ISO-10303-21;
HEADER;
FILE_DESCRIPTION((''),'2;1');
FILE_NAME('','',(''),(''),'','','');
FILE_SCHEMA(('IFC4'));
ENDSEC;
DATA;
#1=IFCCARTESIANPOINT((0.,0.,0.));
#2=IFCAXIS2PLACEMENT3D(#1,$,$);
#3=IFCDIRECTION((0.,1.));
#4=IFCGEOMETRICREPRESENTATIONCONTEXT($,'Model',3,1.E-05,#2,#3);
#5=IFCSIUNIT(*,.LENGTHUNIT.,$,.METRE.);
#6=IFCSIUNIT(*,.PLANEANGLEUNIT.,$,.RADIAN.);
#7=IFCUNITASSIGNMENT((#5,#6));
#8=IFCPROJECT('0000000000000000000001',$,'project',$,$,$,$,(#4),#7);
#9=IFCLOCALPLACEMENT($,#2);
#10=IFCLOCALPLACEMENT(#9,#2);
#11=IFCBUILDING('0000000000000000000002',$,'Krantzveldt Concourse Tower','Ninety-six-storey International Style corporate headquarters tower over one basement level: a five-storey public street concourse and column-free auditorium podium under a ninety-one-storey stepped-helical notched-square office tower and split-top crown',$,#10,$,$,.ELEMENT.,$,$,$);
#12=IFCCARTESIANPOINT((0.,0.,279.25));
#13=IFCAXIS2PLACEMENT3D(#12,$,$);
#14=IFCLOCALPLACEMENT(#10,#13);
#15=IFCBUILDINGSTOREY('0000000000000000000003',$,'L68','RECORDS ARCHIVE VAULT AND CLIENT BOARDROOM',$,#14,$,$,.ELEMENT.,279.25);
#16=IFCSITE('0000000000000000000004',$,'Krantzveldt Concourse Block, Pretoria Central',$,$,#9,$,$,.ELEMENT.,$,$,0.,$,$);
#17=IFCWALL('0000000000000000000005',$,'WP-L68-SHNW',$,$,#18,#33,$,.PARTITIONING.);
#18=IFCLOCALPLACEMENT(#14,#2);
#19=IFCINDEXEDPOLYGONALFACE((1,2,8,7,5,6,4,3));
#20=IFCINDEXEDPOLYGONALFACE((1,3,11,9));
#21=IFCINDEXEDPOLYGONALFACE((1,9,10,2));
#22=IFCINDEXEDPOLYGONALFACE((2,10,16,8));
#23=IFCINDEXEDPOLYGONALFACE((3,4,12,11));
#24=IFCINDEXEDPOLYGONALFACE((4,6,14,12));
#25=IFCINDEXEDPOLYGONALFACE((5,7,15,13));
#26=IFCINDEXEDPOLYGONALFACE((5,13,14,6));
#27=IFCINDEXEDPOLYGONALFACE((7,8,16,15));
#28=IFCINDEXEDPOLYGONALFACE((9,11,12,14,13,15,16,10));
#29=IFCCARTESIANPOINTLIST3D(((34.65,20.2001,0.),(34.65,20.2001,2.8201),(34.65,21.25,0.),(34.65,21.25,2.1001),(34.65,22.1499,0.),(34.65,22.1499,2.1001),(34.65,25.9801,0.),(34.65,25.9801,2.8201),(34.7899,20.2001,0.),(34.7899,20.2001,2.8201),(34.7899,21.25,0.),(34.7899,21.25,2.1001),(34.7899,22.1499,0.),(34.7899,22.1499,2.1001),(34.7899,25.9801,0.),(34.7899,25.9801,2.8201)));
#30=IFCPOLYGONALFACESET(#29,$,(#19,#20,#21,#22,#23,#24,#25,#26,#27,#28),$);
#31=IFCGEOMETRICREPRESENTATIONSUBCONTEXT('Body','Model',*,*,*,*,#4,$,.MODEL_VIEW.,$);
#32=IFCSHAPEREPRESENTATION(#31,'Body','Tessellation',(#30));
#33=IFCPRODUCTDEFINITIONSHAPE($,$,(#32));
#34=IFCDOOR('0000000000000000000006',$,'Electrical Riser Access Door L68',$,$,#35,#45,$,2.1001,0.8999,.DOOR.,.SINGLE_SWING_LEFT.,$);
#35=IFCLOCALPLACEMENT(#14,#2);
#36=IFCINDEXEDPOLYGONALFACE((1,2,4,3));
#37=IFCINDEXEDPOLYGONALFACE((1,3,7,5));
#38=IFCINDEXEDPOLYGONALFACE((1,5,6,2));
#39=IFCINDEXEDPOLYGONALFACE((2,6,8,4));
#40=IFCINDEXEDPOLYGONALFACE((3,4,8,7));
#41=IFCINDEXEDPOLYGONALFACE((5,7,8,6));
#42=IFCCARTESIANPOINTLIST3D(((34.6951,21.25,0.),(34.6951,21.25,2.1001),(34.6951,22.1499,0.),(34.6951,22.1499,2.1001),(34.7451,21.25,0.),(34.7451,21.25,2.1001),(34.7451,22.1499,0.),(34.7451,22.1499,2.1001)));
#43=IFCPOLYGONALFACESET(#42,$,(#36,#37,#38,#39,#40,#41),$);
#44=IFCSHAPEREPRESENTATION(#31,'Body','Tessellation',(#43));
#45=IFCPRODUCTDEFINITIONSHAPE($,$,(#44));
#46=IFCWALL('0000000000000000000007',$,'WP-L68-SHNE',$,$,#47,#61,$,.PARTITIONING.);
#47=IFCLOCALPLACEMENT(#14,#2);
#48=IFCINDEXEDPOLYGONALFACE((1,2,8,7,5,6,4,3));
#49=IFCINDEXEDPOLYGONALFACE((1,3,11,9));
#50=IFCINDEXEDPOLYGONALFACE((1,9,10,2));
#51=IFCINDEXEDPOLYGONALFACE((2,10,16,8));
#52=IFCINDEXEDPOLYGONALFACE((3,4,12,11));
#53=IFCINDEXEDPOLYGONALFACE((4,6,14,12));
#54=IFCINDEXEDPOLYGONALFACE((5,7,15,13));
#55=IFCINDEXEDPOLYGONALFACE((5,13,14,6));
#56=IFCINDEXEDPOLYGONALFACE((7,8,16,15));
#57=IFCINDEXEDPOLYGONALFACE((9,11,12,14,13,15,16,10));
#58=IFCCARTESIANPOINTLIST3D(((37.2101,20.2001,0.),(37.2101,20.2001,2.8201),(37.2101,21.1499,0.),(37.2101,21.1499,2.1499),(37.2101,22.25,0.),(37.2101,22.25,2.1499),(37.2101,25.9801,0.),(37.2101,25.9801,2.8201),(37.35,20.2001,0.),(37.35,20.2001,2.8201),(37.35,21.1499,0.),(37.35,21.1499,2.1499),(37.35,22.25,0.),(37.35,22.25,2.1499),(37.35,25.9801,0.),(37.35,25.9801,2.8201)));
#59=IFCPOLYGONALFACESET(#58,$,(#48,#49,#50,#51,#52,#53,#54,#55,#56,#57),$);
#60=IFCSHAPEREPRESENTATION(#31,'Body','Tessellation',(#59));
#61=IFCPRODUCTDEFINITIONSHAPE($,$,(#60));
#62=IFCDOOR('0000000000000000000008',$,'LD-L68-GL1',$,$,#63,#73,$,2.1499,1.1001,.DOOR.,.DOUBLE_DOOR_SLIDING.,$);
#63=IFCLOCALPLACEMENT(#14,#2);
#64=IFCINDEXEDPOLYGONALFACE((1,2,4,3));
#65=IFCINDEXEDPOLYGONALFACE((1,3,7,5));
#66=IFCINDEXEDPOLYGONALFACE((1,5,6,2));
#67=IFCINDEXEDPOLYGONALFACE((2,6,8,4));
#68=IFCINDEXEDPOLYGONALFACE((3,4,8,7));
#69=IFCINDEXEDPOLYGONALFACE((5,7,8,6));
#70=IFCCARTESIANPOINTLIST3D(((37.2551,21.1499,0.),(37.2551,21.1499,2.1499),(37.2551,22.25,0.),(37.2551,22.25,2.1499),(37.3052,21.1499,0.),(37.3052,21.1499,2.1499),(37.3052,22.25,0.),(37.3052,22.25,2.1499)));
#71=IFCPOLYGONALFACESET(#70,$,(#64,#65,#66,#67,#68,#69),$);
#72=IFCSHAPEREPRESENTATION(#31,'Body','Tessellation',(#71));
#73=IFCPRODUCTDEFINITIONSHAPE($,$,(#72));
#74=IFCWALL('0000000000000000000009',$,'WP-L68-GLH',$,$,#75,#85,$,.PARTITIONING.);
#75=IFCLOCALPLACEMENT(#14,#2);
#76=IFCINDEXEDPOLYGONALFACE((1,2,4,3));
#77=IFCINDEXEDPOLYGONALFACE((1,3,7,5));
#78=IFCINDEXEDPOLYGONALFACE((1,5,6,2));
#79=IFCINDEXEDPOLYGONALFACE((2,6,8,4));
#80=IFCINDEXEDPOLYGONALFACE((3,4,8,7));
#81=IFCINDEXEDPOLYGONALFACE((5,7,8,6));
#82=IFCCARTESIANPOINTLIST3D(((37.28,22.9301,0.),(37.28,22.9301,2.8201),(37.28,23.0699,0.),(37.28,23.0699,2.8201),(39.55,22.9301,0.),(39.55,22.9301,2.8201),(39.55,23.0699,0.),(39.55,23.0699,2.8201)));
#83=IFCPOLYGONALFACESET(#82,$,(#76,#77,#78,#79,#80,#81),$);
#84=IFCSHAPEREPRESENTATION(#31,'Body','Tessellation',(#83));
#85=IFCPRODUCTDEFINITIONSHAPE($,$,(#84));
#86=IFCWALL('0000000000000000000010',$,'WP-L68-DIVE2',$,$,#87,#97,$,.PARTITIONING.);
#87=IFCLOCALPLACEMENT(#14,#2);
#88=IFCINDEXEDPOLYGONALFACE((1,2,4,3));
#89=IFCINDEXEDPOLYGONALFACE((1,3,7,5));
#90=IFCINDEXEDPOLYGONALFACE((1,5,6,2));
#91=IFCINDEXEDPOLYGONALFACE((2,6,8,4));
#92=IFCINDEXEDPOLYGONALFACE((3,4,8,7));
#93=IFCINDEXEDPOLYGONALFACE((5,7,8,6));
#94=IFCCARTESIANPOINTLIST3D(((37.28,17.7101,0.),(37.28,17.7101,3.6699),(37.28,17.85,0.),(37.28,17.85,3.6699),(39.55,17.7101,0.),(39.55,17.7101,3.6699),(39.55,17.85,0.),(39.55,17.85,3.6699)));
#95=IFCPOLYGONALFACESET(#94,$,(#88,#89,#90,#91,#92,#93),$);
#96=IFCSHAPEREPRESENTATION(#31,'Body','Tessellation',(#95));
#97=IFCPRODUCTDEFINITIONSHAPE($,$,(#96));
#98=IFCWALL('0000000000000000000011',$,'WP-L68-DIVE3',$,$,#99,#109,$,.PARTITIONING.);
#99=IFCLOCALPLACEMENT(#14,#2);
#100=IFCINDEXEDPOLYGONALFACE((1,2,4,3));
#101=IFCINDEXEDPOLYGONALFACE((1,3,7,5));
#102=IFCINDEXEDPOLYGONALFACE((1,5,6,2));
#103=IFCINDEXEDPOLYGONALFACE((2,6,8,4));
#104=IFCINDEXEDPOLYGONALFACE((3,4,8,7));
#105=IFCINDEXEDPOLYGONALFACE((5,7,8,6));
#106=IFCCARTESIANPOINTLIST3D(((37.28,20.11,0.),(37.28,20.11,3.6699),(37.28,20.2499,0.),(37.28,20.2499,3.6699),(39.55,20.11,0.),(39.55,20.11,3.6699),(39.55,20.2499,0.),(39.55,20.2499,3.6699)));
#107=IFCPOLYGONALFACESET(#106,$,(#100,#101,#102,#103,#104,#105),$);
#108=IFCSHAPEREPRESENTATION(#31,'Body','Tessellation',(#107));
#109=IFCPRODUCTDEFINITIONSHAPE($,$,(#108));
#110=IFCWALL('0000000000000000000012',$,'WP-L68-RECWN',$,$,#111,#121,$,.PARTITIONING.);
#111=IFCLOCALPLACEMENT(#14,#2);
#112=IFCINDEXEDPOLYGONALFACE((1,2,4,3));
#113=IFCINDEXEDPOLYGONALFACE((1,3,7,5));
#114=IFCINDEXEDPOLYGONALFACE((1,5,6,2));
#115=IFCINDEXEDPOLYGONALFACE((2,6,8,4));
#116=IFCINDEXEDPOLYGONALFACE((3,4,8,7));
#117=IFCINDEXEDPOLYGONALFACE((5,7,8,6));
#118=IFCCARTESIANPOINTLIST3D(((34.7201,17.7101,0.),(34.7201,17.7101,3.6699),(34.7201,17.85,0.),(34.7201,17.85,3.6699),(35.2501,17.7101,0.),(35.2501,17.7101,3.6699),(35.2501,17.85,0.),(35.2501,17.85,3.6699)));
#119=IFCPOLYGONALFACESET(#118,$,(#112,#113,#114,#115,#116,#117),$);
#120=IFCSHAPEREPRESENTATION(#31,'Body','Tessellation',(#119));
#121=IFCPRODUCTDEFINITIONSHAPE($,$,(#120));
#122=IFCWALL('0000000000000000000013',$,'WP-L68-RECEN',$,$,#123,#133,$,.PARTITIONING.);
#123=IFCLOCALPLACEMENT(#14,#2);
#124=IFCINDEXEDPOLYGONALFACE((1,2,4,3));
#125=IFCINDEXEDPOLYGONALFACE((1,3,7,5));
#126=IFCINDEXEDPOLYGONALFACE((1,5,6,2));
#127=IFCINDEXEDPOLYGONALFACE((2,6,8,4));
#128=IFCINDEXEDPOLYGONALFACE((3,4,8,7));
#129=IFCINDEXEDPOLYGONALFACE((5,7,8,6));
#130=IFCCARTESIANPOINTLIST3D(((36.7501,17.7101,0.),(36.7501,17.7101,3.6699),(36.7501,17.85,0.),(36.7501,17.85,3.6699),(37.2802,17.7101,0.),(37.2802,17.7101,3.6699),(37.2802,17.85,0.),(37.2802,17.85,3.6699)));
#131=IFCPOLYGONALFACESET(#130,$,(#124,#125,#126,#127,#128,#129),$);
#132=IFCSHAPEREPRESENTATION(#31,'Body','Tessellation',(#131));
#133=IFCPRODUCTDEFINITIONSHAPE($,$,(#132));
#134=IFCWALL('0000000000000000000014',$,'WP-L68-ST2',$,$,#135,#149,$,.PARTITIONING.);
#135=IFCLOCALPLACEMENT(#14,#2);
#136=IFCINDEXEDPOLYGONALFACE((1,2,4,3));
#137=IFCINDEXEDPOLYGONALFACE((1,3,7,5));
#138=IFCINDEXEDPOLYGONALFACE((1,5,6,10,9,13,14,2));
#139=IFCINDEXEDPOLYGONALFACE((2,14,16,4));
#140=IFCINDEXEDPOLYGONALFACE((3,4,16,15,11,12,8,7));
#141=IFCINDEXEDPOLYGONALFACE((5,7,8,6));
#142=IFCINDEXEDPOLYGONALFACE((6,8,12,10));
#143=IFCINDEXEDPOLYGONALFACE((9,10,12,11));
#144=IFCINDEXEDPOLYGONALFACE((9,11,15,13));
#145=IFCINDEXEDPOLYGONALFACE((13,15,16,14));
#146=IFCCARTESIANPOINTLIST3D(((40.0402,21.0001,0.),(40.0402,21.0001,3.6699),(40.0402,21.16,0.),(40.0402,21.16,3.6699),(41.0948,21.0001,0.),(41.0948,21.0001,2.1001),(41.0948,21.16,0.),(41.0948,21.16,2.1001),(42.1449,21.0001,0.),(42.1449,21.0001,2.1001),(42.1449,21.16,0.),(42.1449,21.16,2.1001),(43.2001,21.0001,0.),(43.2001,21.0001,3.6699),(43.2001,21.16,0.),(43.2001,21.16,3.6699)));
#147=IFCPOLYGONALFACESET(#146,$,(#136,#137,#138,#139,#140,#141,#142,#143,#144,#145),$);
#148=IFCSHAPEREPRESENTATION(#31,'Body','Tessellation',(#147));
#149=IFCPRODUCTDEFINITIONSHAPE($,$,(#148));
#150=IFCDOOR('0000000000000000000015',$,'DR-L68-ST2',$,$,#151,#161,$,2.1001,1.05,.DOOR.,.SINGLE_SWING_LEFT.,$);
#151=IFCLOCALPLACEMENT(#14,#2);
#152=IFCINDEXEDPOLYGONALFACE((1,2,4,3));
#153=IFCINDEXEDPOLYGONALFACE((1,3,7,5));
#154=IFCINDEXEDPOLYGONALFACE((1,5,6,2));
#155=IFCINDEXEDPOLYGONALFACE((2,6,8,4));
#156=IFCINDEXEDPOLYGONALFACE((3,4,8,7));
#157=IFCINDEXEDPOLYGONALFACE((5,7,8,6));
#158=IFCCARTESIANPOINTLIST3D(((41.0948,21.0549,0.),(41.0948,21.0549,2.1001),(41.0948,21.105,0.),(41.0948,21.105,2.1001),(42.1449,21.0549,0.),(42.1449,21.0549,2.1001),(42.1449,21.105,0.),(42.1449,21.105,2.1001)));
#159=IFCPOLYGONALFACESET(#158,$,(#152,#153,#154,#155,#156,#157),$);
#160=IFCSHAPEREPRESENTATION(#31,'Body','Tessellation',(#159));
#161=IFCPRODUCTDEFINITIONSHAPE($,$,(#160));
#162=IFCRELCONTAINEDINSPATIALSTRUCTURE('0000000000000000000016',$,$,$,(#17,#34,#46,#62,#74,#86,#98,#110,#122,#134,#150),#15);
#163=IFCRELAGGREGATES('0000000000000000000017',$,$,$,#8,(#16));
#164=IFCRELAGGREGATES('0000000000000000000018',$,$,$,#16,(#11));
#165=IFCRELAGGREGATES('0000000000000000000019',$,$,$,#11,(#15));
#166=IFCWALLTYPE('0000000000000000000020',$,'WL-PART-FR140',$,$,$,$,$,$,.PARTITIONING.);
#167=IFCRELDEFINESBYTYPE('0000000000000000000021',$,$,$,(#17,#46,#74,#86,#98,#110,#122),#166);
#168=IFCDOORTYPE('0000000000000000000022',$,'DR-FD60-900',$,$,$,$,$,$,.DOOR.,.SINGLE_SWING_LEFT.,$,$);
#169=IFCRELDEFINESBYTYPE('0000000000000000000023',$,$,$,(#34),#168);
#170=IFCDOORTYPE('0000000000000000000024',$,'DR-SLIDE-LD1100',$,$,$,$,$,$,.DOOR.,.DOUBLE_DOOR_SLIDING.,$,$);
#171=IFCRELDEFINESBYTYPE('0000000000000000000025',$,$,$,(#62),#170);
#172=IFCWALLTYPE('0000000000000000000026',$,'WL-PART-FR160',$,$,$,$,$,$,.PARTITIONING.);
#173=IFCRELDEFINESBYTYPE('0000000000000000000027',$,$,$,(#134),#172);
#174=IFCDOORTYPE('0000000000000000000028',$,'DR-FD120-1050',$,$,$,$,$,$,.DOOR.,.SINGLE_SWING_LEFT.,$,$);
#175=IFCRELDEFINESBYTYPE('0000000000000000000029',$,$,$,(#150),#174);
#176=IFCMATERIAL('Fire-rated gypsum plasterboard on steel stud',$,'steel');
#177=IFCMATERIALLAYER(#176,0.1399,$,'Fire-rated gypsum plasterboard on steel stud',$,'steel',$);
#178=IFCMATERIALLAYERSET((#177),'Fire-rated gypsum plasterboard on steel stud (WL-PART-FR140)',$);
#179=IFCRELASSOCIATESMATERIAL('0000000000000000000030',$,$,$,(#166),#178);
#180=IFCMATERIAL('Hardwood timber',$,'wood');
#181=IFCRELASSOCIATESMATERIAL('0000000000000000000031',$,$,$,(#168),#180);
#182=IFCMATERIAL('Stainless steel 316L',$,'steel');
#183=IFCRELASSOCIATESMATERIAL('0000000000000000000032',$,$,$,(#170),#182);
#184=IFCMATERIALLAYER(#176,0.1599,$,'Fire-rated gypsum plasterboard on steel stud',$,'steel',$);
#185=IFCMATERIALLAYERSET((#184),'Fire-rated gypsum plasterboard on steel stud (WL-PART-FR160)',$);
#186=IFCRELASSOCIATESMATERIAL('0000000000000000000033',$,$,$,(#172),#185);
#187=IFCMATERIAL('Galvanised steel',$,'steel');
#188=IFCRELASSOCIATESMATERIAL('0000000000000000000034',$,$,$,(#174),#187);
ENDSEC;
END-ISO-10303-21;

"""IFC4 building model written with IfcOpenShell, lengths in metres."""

from ifc_helpers import new_model, si_unit, direction, frame, frame_2d, origin, place, context, subcontext, project, spatial, rectangle, extrude, material, layer, layer_set, type_object, element, fill, save


model = new_model("IFC4")

# Units and contexts
model_context = context("Model", 3, precision=1e-05, world=origin(), true_north=direction((0.0, 1.0)))
body_context = subcontext(model_context, "Body", "Model", "MODEL_VIEW")
ifc_project = project(units=[si_unit("LENGTHUNIT", "METRE"), si_unit("PLANEANGLEUNIT", "RADIAN")], contexts=[model_context])

# Site, building, storey
site_placement = place(None, origin())
site = spatial("IfcSite", under=ifc_project, at=site_placement, Name="Krantzveldt Concourse Block, Pretoria Central", CompositionType="ELEMENT", RefElevation=0.0)
building_placement = place(site_placement, origin())
building = spatial("IfcBuilding", under=site, at=building_placement, Name="Krantzveldt Concourse Tower", Description="Ninety-six-storey International Style corporate headquarters tower over one basement level: a five-storey public street concourse and column-free auditorium podium under a ninety-one-storey stepped-helical notched-square office tower and split-top crown", CompositionType="ELEMENT")
storey_placement = place(building_placement, frame((0.0, 0.0, 279.25)))
storey = spatial("IfcBuildingStorey", under=building, at=storey_placement, Name="L68", Description="RECORDS ARCHIVE VAULT AND CLIENT BOARDROOM", CompositionType="ELEMENT", Elevation=279.25)

# Walls, openings, doors
ifc_material_1 = material(Name="Fire-rated gypsum plasterboard on steel stud", Category="steel")
ifc_layer_1 = layer(ifc_material_1, 0.1399, Name="Fire-rated gypsum plasterboard on steel stud", Category="steel")
ifc_layer_set_1 = layer_set([ifc_layer_1], Name="Fire-rated gypsum plasterboard on steel stud (WL-PART-FR140)")
wall_type_1 = type_object("IfcWallType", Name="WL-PART-FR140", PredefinedType="PARTITIONING", material=ifc_layer_set_1)
wall_1_placement = place(storey_placement, frame((34.72, 20.2, 0.0), z_axis=(0.0, 0.0, 1.0), x_axis=(0.0, 1.0, 0.0)))
wall_1 = element("IfcWall", 1, at=wall_1_placement, inside=storey, type_object=wall_type_1, Name="WP-L68-SHNW", PredefinedType="PARTITIONING", context=body_context, shape_type="SweptSolid", body=[
    extrude(rectangle(XDim=5.78, YDim=0.1399, at=frame_2d((2.8901, 0.0))), origin(), (0.0, 0.0, 1.0), 2.8201),
])
opening_1_placement = place(wall_1_placement, frame((1.05, 0.0, 0.0)))
opening_1 = element("IfcOpeningElement", 2, at=opening_1_placement, cuts=wall_1, PredefinedType="OPENING", context=body_context, shape_type="SweptSolid", body=[
    extrude(rectangle(XDim=0.8999, YDim=2.1001, at=frame_2d((0.45, 1.05))), frame((0.0, 0.0801, 0.0), z_axis=(0.0, -1.0, 0.0), x_axis=(1.0, 0.0, 0.0)), (0.0, 0.0, 1.0), 0.1599),
])
ifc_material_2 = material(Name="Hardwood timber", Category="wood")
door_type_1 = type_object("IfcDoorType", Name="DR-FD60-900", OperationType="SINGLE_SWING_LEFT", PredefinedType="DOOR", material=ifc_material_2)
door_1_placement = place(opening_1_placement, origin())
door_1 = element("IfcDoor", 3, at=door_1_placement, inside=storey, type_object=door_type_1, Name="Electrical Riser Access Door L68", OperationType="SINGLE_SWING_LEFT", OverallHeight=2.1001, OverallWidth=0.8999, PredefinedType="DOOR", context=body_context, shape_type="SweptSolid", body=[
    extrude(rectangle(XDim=0.8999, YDim=2.1001, at=frame_2d((0.45, 1.05))), frame((0.0, 0.0249, 0.0), z_axis=(0.0, -1.0, 0.0), x_axis=(1.0, 0.0, 0.0)), (0.0, 0.0, 1.0), 0.05),
])
fill(opening_1, door_1)
wall_2_placement = place(storey_placement, frame((37.28, 20.2, 0.0), z_axis=(0.0, 0.0, 1.0), x_axis=(0.0, 1.0, 0.0)))
wall_2 = element("IfcWall", 4, at=wall_2_placement, inside=storey, type_object=wall_type_1, Name="WP-L68-SHNE", PredefinedType="PARTITIONING", context=body_context, shape_type="SweptSolid", body=[
    extrude(rectangle(XDim=5.78, YDim=0.1399, at=frame_2d((2.8901, 0.0))), origin(), (0.0, 0.0, 1.0), 2.8201),
])
opening_2_placement = place(wall_2_placement, frame((0.95, 0.0, 0.0)))
opening_2 = element("IfcOpeningElement", 5, at=opening_2_placement, cuts=wall_2, PredefinedType="OPENING", context=body_context, shape_type="SweptSolid", body=[
    extrude(rectangle(XDim=1.1001, YDim=2.1499, at=frame_2d((0.55, 1.075))), frame((0.0, 0.0801, 0.0), z_axis=(0.0, -1.0, 0.0), x_axis=(1.0, 0.0, 0.0)), (0.0, 0.0, 1.0), 0.1599),
])
ifc_material_3 = material(Name="Stainless steel 316L", Category="steel")
door_type_2 = type_object("IfcDoorType", Name="DR-SLIDE-LD1100", OperationType="DOUBLE_DOOR_SLIDING", PredefinedType="DOOR", material=ifc_material_3)
door_2_placement = place(opening_2_placement, origin())
door_2 = element("IfcDoor", 6, at=door_2_placement, inside=storey, type_object=door_type_2, Name="LD-L68-GL1", OperationType="DOUBLE_DOOR_SLIDING", OverallHeight=2.1499, OverallWidth=1.1001, PredefinedType="DOOR", context=body_context, shape_type="SweptSolid", body=[
    extrude(rectangle(XDim=1.1001, YDim=2.1499, at=frame_2d((0.55, 1.075))), frame((0.0, 0.0249, 0.0), z_axis=(0.0, -1.0, 0.0), x_axis=(1.0, 0.0, 0.0)), (0.0, 0.0, 1.0), 0.05),
])
fill(opening_2, door_2)

# Wall
wall_3_placement = place(storey_placement, frame((37.28, 23.0, 0.0), z_axis=(0.0, 0.0, 1.0), x_axis=(1.0, 0.0, 0.0)))
element("IfcWall", 7, at=wall_3_placement, inside=storey, type_object=wall_type_1, Name="WP-L68-GLH", PredefinedType="PARTITIONING", context=body_context, shape_type="SweptSolid", body=[
    extrude(rectangle(XDim=2.27, YDim=0.1399, at=frame_2d((1.135, 0.0))), origin(), (0.0, 0.0, 1.0), 2.8201),
])

# Walls
for number, where, z_axis, x_axis, name in (
    (8, (37.28, 17.78, 0.0), (0.0, 0.0, 1.0), (1.0, 0.0, 0.0), "WP-L68-DIVE2"),
    (9, (37.28, 20.1799, 0.0), (0.0, 0.0, 1.0), (1.0, 0.0, 0.0), "WP-L68-DIVE3"),
):
    element("IfcWall", number, at=place(storey_placement, frame(where, z_axis=z_axis, x_axis=x_axis)), inside=storey, type_object=wall_type_1, Name=name, PredefinedType="PARTITIONING", context=body_context, shape_type="SweptSolid", body=[
        extrude(rectangle(XDim=2.27, YDim=0.1399, at=frame_2d((1.135, 0.0))), origin(), (0.0, 0.0, 1.0), 3.6699),
    ])
for number, where, z_axis, x_axis, name in (
    (10, (34.72, 17.78, 0.0), (0.0, 0.0, 1.0), (1.0, 0.0, 0.0), "WP-L68-RECWN"),
    (11, (36.75, 17.78, 0.0), (0.0, 0.0, 1.0), (1.0, 0.0, 0.0), "WP-L68-RECEN"),
):
    element("IfcWall", number, at=place(storey_placement, frame(where, z_axis=z_axis, x_axis=x_axis)), inside=storey, type_object=wall_type_1, Name=name, PredefinedType="PARTITIONING", context=body_context, shape_type="SweptSolid", body=[
        extrude(rectangle(XDim=0.53, YDim=0.1399, at=frame_2d((0.2651, 0.0))), origin(), (0.0, 0.0, 1.0), 3.6699),
    ])

# Wall, opening, door
ifc_layer_2 = layer(ifc_material_1, 0.1599, Name="Fire-rated gypsum plasterboard on steel stud", Category="steel")
ifc_layer_set_2 = layer_set([ifc_layer_2], Name="Fire-rated gypsum plasterboard on steel stud (WL-PART-FR160)")
wall_type_2 = type_object("IfcWallType", Name="WL-PART-FR160", PredefinedType="PARTITIONING", material=ifc_layer_set_2)
wall_4_placement = place(storey_placement, frame((40.04, 21.0801, 0.0), z_axis=(0.0, 0.0, 1.0), x_axis=(1.0, 0.0, 0.0)))
wall_4 = element("IfcWall", 12, at=wall_4_placement, inside=storey, type_object=wall_type_2, Name="WP-L68-ST2", PredefinedType="PARTITIONING", context=body_context, shape_type="SweptSolid", body=[
    extrude(rectangle(XDim=3.1599, YDim=0.1599, at=frame_2d((1.5801, 0.0))), origin(), (0.0, 0.0, 1.0), 3.6699),
])
opening_3_placement = place(wall_4_placement, frame((1.0549, 0.0, 0.0)))
opening_3 = element("IfcOpeningElement", 13, at=opening_3_placement, cuts=wall_4, PredefinedType="OPENING", context=body_context, shape_type="SweptSolid", body=[
    extrude(rectangle(XDim=1.05, YDim=2.1001, at=frame_2d((0.5249, 1.05))), frame((0.0, 0.0898, 0.0), z_axis=(0.0, -1.0, 0.0), x_axis=(1.0, 0.0, 0.0)), (0.0, 0.0, 1.0), 0.1799),
])
ifc_material_4 = material(Name="Galvanised steel", Category="steel")
door_type_3 = type_object("IfcDoorType", Name="DR-FD120-1050", OperationType="SINGLE_SWING_LEFT", PredefinedType="DOOR", material=ifc_material_4)
door_3_placement = place(opening_3_placement, origin())
door_3 = element("IfcDoor", 14, at=door_3_placement, inside=storey, type_object=door_type_3, Name="DR-L68-ST2", OperationType="SINGLE_SWING_LEFT", OverallHeight=2.1001, OverallWidth=1.05, PredefinedType="DOOR", context=body_context, shape_type="SweptSolid", body=[
    extrude(rectangle(XDim=1.05, YDim=2.1001, at=frame_2d((0.5249, 1.05))), frame((0.0, 0.0249, 0.0), z_axis=(0.0, -1.0, 0.0), x_axis=(1.0, 0.0, 0.0)), (0.0, 0.0, 1.0), 0.05),
])
fill(opening_3, door_3)

save(model, "model.ifc")
